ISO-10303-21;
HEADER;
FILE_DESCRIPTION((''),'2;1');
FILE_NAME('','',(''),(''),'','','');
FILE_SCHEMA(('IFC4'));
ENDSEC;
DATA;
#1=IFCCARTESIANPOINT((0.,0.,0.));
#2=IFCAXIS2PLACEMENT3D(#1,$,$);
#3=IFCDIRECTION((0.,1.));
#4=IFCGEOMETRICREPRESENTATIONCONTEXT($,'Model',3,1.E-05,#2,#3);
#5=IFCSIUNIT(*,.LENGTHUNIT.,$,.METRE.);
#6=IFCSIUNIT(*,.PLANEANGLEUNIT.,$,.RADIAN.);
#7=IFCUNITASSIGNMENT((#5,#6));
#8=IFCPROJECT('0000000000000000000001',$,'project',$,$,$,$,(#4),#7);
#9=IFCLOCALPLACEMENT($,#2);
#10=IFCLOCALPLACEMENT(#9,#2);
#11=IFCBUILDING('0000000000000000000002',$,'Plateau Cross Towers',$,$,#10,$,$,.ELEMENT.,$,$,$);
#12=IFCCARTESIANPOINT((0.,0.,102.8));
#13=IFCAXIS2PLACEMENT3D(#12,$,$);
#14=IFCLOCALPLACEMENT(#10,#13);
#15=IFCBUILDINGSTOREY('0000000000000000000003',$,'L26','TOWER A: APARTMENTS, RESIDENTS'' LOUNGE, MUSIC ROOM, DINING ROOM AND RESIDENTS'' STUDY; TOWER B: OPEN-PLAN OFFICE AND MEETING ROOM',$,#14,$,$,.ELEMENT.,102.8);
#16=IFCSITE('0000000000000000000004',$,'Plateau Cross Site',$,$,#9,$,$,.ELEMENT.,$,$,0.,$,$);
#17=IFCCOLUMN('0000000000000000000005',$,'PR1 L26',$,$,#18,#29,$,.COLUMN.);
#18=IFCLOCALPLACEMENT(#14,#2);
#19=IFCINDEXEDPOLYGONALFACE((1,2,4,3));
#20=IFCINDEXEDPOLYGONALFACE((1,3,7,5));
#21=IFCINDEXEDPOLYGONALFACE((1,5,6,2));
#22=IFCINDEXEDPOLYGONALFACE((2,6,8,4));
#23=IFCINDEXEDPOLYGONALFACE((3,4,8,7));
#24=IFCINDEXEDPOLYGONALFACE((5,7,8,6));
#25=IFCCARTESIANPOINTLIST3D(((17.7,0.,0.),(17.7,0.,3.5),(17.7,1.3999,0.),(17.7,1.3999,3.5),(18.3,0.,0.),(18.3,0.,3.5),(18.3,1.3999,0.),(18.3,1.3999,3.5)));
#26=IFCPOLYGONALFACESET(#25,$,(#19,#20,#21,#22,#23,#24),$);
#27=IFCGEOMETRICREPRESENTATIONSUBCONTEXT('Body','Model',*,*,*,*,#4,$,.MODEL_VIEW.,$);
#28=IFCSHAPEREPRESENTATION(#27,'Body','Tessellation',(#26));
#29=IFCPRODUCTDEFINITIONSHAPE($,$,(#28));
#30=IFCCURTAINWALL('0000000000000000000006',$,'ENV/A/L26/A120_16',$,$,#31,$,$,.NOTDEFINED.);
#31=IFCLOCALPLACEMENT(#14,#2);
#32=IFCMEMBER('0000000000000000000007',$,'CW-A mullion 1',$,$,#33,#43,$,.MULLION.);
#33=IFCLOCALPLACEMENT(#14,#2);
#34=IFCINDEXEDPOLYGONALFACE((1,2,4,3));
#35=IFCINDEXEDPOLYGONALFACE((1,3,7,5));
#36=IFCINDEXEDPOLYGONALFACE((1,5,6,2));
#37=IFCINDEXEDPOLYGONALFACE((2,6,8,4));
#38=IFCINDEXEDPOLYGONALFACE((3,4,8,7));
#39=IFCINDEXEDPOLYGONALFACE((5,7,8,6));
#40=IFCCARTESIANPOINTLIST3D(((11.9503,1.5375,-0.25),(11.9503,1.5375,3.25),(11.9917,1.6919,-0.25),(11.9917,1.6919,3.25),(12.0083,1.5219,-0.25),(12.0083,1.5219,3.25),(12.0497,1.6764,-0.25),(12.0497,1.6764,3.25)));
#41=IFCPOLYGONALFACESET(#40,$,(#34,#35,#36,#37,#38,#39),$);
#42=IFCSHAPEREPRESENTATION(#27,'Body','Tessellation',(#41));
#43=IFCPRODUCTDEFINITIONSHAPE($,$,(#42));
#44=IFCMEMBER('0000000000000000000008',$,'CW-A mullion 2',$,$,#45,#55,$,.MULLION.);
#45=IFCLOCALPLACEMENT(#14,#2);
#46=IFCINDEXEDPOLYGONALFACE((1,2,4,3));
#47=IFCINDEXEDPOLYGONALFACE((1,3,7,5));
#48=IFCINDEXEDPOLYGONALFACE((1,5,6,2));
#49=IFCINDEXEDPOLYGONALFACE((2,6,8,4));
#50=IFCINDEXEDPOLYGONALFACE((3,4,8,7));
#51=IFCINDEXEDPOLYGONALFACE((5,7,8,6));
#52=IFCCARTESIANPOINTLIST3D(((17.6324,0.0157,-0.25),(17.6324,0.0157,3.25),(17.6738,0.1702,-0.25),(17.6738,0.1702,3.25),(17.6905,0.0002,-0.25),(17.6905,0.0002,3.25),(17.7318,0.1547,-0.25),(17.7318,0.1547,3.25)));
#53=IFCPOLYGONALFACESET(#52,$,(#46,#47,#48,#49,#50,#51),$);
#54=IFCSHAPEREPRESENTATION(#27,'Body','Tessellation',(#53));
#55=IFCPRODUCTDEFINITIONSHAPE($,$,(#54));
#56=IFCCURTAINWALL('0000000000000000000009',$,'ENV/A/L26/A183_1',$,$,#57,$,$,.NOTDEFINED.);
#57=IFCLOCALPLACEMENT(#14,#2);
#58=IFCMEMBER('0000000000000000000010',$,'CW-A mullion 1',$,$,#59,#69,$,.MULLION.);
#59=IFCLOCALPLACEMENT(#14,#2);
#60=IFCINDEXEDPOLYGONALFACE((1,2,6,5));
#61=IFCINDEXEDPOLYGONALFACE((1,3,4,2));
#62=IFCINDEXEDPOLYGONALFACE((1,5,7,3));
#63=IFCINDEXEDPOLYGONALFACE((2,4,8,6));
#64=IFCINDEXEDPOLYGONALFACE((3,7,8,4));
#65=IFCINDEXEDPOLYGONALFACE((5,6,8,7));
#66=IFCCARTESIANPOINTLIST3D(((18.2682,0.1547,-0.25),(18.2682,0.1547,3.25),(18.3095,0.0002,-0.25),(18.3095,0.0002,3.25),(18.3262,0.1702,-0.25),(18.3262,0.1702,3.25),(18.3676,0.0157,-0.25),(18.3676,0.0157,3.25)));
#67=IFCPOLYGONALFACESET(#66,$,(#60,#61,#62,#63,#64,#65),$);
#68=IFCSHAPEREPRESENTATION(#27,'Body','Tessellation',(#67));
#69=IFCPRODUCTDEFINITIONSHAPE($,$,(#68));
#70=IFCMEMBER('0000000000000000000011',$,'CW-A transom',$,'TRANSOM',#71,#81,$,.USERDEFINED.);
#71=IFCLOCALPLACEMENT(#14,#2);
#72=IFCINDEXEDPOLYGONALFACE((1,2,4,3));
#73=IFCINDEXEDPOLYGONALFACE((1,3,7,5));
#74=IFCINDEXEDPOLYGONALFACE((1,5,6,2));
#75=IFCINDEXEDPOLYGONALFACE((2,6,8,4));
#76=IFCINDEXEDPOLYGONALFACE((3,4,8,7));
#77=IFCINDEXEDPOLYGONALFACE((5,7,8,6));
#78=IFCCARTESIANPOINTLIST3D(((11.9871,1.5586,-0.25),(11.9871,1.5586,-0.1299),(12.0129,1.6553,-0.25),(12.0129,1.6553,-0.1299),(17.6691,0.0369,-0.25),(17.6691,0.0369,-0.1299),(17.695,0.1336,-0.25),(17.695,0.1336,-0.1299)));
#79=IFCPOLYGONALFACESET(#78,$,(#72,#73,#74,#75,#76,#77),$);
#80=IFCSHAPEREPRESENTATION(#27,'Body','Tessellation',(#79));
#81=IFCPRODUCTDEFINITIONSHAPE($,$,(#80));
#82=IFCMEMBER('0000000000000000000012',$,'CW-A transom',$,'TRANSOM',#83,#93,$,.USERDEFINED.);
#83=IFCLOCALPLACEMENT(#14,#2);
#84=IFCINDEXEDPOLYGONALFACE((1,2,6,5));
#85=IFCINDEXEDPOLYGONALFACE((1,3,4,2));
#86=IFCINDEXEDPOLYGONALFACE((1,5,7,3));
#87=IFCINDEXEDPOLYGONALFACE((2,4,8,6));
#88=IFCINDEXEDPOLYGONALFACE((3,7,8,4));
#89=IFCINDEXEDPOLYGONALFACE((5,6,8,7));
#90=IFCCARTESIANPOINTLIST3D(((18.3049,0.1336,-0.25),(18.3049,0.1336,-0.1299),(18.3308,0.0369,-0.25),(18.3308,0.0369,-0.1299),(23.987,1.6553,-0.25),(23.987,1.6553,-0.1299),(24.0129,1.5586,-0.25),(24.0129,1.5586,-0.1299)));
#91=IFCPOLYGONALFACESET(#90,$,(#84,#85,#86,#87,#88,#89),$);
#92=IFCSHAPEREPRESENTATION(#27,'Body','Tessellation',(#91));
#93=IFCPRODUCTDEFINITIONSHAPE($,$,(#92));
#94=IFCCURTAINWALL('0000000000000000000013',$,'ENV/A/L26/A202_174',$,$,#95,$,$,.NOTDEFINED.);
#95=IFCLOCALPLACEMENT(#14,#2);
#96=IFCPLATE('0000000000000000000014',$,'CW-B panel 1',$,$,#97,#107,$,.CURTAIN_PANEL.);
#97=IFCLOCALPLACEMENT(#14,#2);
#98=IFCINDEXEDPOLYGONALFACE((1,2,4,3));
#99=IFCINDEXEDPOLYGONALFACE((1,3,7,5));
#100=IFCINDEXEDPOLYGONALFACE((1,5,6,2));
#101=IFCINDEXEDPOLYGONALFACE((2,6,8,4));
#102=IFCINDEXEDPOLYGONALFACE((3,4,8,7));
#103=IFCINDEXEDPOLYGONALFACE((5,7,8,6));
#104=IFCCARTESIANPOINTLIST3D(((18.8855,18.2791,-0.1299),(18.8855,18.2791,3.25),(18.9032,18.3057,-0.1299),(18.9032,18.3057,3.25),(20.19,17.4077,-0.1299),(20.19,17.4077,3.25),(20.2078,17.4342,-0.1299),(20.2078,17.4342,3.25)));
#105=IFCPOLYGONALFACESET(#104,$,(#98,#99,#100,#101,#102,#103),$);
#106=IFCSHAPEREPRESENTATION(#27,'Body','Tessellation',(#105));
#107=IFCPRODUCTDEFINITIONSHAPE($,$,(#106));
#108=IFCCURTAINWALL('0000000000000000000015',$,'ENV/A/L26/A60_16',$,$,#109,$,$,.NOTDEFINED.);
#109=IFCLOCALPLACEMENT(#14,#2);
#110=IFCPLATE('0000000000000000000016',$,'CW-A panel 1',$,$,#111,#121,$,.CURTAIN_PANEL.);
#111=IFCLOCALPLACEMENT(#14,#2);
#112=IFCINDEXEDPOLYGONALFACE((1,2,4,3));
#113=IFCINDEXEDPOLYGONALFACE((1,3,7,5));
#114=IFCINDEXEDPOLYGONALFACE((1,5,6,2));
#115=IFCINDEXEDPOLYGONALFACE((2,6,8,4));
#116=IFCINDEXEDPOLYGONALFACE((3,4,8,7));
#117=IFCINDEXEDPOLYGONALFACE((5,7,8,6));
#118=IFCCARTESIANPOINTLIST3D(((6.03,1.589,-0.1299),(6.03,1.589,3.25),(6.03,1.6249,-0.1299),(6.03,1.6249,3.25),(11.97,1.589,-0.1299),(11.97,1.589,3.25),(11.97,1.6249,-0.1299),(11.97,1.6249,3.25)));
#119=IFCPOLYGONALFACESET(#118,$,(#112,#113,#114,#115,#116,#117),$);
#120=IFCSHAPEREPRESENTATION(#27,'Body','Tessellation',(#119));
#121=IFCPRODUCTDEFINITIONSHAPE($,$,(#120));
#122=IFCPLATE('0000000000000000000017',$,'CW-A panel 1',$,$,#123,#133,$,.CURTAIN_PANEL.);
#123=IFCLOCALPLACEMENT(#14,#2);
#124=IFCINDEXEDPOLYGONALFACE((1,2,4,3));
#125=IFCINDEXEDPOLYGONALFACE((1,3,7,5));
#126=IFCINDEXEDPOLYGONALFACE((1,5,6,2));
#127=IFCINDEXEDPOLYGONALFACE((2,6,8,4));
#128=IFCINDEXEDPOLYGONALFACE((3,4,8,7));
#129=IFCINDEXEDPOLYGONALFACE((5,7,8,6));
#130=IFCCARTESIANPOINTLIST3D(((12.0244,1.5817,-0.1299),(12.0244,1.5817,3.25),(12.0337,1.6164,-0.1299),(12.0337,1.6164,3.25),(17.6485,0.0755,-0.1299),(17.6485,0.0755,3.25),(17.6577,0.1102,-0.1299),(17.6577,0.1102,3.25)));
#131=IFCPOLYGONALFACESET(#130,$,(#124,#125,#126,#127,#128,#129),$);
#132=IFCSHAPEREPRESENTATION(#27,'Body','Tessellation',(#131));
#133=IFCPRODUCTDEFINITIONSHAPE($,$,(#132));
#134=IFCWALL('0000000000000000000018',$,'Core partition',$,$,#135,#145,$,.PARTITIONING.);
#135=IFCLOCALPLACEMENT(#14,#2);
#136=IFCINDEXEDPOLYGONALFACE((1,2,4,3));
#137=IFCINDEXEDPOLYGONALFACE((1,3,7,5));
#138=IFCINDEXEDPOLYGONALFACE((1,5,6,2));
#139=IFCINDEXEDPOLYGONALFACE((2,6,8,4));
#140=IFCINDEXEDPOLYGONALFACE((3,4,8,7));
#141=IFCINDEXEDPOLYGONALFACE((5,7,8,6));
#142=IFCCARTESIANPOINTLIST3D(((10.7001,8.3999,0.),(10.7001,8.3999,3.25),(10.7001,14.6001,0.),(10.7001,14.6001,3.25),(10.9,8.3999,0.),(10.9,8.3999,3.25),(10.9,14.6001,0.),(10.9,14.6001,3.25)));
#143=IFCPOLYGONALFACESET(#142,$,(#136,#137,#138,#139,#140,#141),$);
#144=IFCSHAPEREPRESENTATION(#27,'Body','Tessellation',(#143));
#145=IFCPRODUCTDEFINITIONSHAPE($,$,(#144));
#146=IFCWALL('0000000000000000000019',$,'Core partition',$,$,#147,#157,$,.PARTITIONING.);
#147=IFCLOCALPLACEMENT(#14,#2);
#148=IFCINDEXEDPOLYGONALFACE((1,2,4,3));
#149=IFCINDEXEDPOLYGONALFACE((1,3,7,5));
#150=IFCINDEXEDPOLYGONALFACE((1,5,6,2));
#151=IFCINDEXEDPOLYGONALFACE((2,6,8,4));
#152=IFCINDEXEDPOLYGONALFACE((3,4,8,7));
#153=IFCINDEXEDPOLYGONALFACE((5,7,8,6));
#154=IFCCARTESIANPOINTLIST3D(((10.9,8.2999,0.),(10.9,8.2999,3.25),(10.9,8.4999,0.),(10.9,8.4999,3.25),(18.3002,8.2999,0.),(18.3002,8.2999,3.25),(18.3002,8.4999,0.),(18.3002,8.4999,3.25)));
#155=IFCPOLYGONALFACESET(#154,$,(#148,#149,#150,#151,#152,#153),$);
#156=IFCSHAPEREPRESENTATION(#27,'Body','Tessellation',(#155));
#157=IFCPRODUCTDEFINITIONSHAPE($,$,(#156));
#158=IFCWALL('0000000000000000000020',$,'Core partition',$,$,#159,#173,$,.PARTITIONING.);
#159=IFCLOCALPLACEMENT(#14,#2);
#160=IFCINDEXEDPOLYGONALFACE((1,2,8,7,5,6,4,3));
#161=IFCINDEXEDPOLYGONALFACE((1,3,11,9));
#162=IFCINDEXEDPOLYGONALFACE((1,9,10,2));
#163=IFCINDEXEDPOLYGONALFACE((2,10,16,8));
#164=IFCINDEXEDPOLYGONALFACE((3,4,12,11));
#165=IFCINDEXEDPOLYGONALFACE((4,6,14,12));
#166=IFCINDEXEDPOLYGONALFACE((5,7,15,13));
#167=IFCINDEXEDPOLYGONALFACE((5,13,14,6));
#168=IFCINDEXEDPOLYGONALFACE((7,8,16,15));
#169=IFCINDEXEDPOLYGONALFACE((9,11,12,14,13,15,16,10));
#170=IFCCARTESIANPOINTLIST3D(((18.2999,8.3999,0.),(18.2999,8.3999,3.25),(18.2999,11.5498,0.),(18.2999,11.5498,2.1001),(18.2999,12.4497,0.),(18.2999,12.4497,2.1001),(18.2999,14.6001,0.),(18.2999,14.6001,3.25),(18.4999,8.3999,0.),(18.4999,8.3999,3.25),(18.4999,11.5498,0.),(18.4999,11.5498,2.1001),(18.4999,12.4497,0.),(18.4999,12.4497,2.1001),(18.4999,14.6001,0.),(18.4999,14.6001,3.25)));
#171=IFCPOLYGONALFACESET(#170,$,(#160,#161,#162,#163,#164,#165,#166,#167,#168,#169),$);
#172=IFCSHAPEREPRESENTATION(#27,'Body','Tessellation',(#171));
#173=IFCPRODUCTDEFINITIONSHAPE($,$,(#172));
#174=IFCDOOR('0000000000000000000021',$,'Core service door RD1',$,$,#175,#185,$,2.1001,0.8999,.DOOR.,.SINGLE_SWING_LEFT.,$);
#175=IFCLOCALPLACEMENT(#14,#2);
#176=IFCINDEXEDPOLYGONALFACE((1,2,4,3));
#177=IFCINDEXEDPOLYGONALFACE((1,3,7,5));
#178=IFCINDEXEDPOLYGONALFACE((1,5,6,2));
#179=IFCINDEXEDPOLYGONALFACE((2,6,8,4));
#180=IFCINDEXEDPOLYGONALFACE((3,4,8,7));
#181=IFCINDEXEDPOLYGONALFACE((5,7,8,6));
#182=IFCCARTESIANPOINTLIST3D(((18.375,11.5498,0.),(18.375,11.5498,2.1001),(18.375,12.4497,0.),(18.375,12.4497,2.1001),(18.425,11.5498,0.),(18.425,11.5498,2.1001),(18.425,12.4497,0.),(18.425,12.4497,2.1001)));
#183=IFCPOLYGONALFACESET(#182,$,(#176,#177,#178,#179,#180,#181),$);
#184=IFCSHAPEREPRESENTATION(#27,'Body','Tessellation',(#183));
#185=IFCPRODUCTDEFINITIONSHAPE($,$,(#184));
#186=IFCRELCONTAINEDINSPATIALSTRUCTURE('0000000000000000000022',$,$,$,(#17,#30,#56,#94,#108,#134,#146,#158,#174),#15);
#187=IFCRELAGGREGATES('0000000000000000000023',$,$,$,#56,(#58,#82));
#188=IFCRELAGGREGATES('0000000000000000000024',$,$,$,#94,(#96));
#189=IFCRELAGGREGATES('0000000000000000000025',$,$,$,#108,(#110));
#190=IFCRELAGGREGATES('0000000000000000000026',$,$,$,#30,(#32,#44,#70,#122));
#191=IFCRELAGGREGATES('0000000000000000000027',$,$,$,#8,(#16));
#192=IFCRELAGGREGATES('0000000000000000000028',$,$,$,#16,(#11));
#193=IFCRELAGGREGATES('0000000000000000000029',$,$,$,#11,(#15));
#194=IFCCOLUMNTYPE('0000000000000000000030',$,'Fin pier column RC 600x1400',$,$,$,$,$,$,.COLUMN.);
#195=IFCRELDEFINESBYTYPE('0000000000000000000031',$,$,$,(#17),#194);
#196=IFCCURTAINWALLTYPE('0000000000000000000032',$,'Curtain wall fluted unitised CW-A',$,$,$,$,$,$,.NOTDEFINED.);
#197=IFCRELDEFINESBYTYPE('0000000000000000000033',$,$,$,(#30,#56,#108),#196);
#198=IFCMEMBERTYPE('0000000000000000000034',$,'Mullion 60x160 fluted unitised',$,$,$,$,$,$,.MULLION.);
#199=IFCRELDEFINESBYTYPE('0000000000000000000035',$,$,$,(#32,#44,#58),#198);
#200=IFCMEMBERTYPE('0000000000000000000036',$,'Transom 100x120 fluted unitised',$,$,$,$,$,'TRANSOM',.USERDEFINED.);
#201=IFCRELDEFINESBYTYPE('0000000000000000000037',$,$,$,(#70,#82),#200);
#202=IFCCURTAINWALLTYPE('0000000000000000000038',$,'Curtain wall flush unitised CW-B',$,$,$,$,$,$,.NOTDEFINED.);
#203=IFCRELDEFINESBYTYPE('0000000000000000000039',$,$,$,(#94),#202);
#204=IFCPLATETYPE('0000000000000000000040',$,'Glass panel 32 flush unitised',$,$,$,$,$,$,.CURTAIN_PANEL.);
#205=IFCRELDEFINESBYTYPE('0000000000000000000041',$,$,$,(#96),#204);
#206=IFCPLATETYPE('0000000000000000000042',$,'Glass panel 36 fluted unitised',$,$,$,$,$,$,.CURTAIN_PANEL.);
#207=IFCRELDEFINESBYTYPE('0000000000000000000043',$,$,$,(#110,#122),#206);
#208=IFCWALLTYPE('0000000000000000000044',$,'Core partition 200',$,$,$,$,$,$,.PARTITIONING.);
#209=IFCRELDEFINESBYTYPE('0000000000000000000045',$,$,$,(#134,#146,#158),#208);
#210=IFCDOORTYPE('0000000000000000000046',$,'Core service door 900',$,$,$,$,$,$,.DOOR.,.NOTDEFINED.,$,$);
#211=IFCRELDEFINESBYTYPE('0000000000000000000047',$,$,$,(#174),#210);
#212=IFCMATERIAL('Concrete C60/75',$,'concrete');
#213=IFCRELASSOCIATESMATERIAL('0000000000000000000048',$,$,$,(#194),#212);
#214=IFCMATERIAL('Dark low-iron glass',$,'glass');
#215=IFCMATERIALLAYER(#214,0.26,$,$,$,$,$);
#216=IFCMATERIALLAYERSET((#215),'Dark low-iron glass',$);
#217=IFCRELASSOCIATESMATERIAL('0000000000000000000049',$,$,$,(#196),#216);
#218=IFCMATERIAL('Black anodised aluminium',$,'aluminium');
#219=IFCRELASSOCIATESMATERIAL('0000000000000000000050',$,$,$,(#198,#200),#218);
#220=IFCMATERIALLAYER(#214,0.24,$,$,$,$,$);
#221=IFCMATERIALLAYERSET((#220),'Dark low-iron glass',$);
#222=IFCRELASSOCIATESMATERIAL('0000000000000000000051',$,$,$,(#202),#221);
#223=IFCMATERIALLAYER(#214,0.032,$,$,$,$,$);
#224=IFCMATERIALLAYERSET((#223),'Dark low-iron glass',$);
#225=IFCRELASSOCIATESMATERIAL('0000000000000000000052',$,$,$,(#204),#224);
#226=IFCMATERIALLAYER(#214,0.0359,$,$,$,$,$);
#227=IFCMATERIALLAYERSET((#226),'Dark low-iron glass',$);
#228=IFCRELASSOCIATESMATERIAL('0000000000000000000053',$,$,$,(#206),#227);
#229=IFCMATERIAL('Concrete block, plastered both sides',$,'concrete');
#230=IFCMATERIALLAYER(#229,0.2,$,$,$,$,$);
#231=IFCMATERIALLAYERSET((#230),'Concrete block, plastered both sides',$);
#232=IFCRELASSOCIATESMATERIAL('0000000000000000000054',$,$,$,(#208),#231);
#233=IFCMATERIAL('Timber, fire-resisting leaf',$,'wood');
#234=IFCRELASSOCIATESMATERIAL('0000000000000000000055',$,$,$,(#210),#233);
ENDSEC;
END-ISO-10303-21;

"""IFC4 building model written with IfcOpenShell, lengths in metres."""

from ifc_helpers import new_model, si_unit, direction, frame, frame_2d, origin, origin_2d, place, context, subcontext, project, spatial, rectangle, extrude, material, layer, layer_set, material_profile, profile_set, type_object, element, fill, aggregate, save


model = new_model("IFC4")

# Units and contexts
model_context = context("Model", 3, precision=1e-05, world=origin(), true_north=direction((0.0, 1.0)))
body_context = subcontext(model_context, "Body", "Model", "MODEL_VIEW")
ifc_project = project(units=[si_unit("LENGTHUNIT", "METRE"), si_unit("PLANEANGLEUNIT", "RADIAN")], contexts=[model_context])

# Site, building, storey
site_placement = place(None, origin())
site = spatial("IfcSite", under=ifc_project, at=site_placement, Name="Plateau Cross Site", CompositionType="ELEMENT", RefElevation=0.0)
building_placement = place(site_placement, origin())
building = spatial("IfcBuilding", under=site, at=building_placement, Name="Plateau Cross Towers", CompositionType="ELEMENT")
storey_placement = place(building_placement, frame((0.0, 0.0, 102.8)))
storey = spatial("IfcBuildingStorey", under=building, at=storey_placement, Name="L26", Description="TOWER A: APARTMENTS, RESIDENTS' LOUNGE, MUSIC ROOM, DINING ROOM AND RESIDENTS' STUDY; TOWER B: OPEN-PLAN OFFICE AND MEETING ROOM", CompositionType="ELEMENT", Elevation=102.8)

# Column
ifc_material_1 = material(Name="Concrete C60/75", Category="concrete")
ifc_material_profile_1 = material_profile(ifc_material_1, rectangle(XDim=0.6001, YDim=1.3999, at=origin_2d()), Name="RC 600x1400")
ifc_profile_set_1 = profile_set([ifc_material_profile_1], Name="Concrete C60/75")
column_type = type_object("IfcColumnType", Name="Fin pier column RC 600x1400", PredefinedType="COLUMN", material=ifc_profile_set_1)
column_placement = place(storey_placement, frame((18.0, 0.7, 0.0), z_axis=(0.0, 0.0, 1.0), x_axis=(1.0, 0.0, 0.0)))
element("IfcColumn", 1, at=column_placement, inside=storey, type_object=column_type, Name="PR1 L26", PredefinedType="COLUMN", context=body_context, shape_type="SweptSolid", body=[
    extrude(rectangle(XDim=0.6001, YDim=1.3999, at=origin_2d()), origin(), (0.0, 0.0, 1.0), 3.5),
])

# Curtain wall, members
ifc_material_2 = material(Name="Dark low-iron glass", Category="glass")
ifc_layer_1 = layer(ifc_material_2, 0.26)
ifc_layer_set_1 = layer_set([ifc_layer_1], Name="Dark low-iron glass")
curtain_wall_type_1 = type_object("IfcCurtainWallType", Name="Curtain wall fluted unitised CW-A", PredefinedType="NOTDEFINED", material=ifc_layer_set_1)
curtain_wall_1_placement = place(storey_placement, origin())
curtain_wall_1 = element("IfcCurtainWall", 2, at=curtain_wall_1_placement, inside=storey, type_object=curtain_wall_type_1, Name="ENV/A/L26/A120_16", PredefinedType="NOTDEFINED")
ifc_material_3 = material(Name="Black anodised aluminium", Category="aluminium")
ifc_material_profile_2 = material_profile(ifc_material_3, rectangle(XDim=0.0601, YDim=0.1599, at=origin_2d()), Name="MULLION 60x160")
ifc_profile_set_2 = profile_set([ifc_material_profile_2], Name="Black anodised aluminium")
member_type_1 = type_object("IfcMemberType", Name="Mullion 60x160 fluted unitised", PredefinedType="MULLION", material=ifc_profile_set_2)
member_1_placement = place(storey_placement, frame((12.0, 1.6069, -0.25), z_axis=(0.0, 0.0, 1.0), x_axis=(0.965958, -0.258699, 0.0)))
member_1 = element("IfcMember", 3, at=member_1_placement, type_object=member_type_1, Name="CW-A mullion 1", PredefinedType="MULLION", context=body_context, shape_type="SweptSolid", body=[
    extrude(rectangle(XDim=0.0601, YDim=0.1599, at=origin_2d()), origin(), (0.0, 0.0, 1.0), 3.5),
])
member_2_placement = place(storey_placement, frame((17.6821, 0.0852, -0.25), z_axis=(0.0, 0.0, 1.0), x_axis=(0.965958, -0.258699, 0.0)))
member_2 = element("IfcMember", 4, at=member_2_placement, type_object=member_type_1, Name="CW-A mullion 2", PredefinedType="MULLION", context=body_context, shape_type="SweptSolid", body=[
    extrude(rectangle(XDim=0.0601, YDim=0.1599, at=origin_2d()), origin(), (0.0, 0.0, 1.0), 3.5),
])

# Curtain wall, member
curtain_wall_2_placement = place(storey_placement, origin())
curtain_wall_2 = element("IfcCurtainWall", 5, at=curtain_wall_2_placement, inside=storey, type_object=curtain_wall_type_1, Name="ENV/A/L26/A183_1", PredefinedType="NOTDEFINED")
member_3_placement = place(storey_placement, frame((18.3179, 0.0852, -0.25), z_axis=(0.0, 0.0, 1.0), x_axis=(0.965958, 0.258699, 0.0)))
member_3 = element("IfcMember", 6, at=member_3_placement, type_object=member_type_1, Name="CW-A mullion 1", PredefinedType="MULLION", context=body_context, shape_type="SweptSolid", body=[
    extrude(rectangle(XDim=0.0601, YDim=0.1599, at=origin_2d()), origin(), (0.0, 0.0, 1.0), 3.5),
])

# Members
ifc_material_profile_3 = material_profile(ifc_material_3, rectangle(XDim=0.1001, YDim=0.1201, at=origin_2d()), Name="TRANSOM 100x120")
ifc_profile_set_3 = profile_set([ifc_material_profile_3], Name="Black anodised aluminium")
member_type_2 = type_object("IfcMemberType", Name="Transom 100x120 fluted unitised", ElementType="TRANSOM", PredefinedType="USERDEFINED", material=ifc_profile_set_3)
member_4_placement = place(storey_placement, frame((12.0, 1.6069, -0.1899), z_axis=(0.96596, -0.258693, 0.0), x_axis=(0.258693, 0.96596, 0.0)))
member_4 = element("IfcMember", 7, at=member_4_placement, type_object=member_type_2, Name="CW-A transom", ObjectType="TRANSOM", PredefinedType="USERDEFINED", context=body_context, shape_type="SweptSolid", body=[
    extrude(rectangle(XDim=0.1001, YDim=0.1201, at=origin_2d()), origin(), (0.0, 0.0, 1.0), 5.8823),
])
member_5_placement = place(storey_placement, frame((18.3179, 0.0852, -0.1899), z_axis=(0.96596, 0.258693, 0.0), x_axis=(-0.258693, 0.96596, 0.0)))
member_5 = element("IfcMember", 8, at=member_5_placement, type_object=member_type_2, Name="CW-A transom", ObjectType="TRANSOM", PredefinedType="USERDEFINED", context=body_context, shape_type="SweptSolid", body=[
    extrude(rectangle(XDim=0.1001, YDim=0.1201, at=origin_2d()), origin(), (0.0, 0.0, 1.0), 5.8823),
])
aggregate(curtain_wall_2, [member_3, member_5])

# Curtain walls, plates
ifc_layer_2 = layer(ifc_material_2, 0.24)
ifc_layer_set_2 = layer_set([ifc_layer_2], Name="Dark low-iron glass")
curtain_wall_type_2 = type_object("IfcCurtainWallType", Name="Curtain wall flush unitised CW-B", PredefinedType="NOTDEFINED", material=ifc_layer_set_2)
curtain_wall_3_placement = place(storey_placement, origin())
curtain_wall_3 = element("IfcCurtainWall", 9, at=curtain_wall_3_placement, inside=storey, type_object=curtain_wall_type_2, Name="ENV/A/L26/A202_174", PredefinedType="NOTDEFINED")
ifc_layer_3 = layer(ifc_material_2, 0.032)
ifc_layer_set_3 = layer_set([ifc_layer_3], Name="Dark low-iron glass")
plate_type_1 = type_object("IfcPlateType", Name="Glass panel 32 flush unitised", PredefinedType="CURTAIN_PANEL", material=ifc_layer_set_3)
plate_1_placement = place(storey_placement, frame((19.5466, 17.8567, -0.1299), z_axis=(0.0, 0.0, 1.0), x_axis=(-0.831521, 0.555493, 0.0)))
plate_1 = element("IfcPlate", 10, at=plate_1_placement, type_object=plate_type_1, Name="CW-B panel 1", PredefinedType="CURTAIN_PANEL", context=body_context, shape_type="SweptSolid", body=[
    extrude(rectangle(XDim=1.5688, YDim=0.032, at=origin_2d()), origin(), (0.0, 0.0, 1.0), 3.3799),
])
aggregate(curtain_wall_3, [plate_1])
curtain_wall_4_placement = place(storey_placement, origin())
curtain_wall_4 = element("IfcCurtainWall", 11, at=curtain_wall_4_placement, inside=storey, type_object=curtain_wall_type_1, Name="ENV/A/L26/A60_16", PredefinedType="NOTDEFINED")
ifc_layer_4 = layer(ifc_material_2, 0.0359)
ifc_layer_set_4 = layer_set([ifc_layer_4], Name="Dark low-iron glass")
plate_type_2 = type_object("IfcPlateType", Name="Glass panel 36 fluted unitised", PredefinedType="CURTAIN_PANEL", material=ifc_layer_set_4)
plate_2_placement = place(storey_placement, frame((9.0, 1.6069, -0.1299), z_axis=(0.0, 0.0, 1.0), x_axis=(1.0, 0.0, 0.0)))
plate_2 = element("IfcPlate", 12, at=plate_2_placement, type_object=plate_type_2, Name="CW-A panel 1", PredefinedType="CURTAIN_PANEL", context=body_context, shape_type="SweptSolid", body=[
    extrude(rectangle(XDim=5.9399, YDim=0.0359, at=origin_2d()), origin(), (0.0, 0.0, 1.0), 3.3799),
])
aggregate(curtain_wall_4, [plate_2])

# Plate
plate_3_placement = place(storey_placement, frame((14.8411, 0.8459, -0.1299), z_axis=(0.0, 0.0, 1.0), x_axis=(0.965958, -0.258699, 0.0)))
plate_3 = element("IfcPlate", 13, at=plate_3_placement, type_object=plate_type_2, Name="CW-A panel 1", PredefinedType="CURTAIN_PANEL", context=body_context, shape_type="SweptSolid", body=[
    extrude(rectangle(XDim=5.8223, YDim=0.0359, at=origin_2d()), origin(), (0.0, 0.0, 1.0), 3.3799),
])
aggregate(curtain_wall_1, [member_1, member_2, member_4, plate_3])

# Walls
ifc_material_4 = material(Name="Concrete block, plastered both sides", Category="concrete")
ifc_layer_5 = layer(ifc_material_4, 0.2)
ifc_layer_set_5 = layer_set([ifc_layer_5], Name="Concrete block, plastered both sides")
wall_type_1 = type_object("IfcWallType", Name="Core partition 200", PredefinedType="PARTITIONING", material=ifc_layer_set_5)
wall_1_placement = place(storey_placement, frame((10.8, 8.3999, 0.0), z_axis=(0.0, 0.0, 1.0), x_axis=(0.0, 1.0, 0.0)))
element("IfcWall", 14, at=wall_1_placement, inside=storey, type_object=wall_type_1, Name="Core partition", PredefinedType="PARTITIONING", context=body_context, shape_type="SweptSolid", body=[
    extrude(rectangle(XDim=6.2002, YDim=0.2, at=frame_2d((3.1001, 0.0))), origin(), (0.0, 0.0, 1.0), 3.25),
])
wall_2_placement = place(storey_placement, frame((10.8999, 8.3999, 0.0), z_axis=(0.0, 0.0, 1.0), x_axis=(1.0, 0.0, 0.0)))
element("IfcWall", 15, at=wall_2_placement, inside=storey, type_object=wall_type_1, Name="Core partition", PredefinedType="PARTITIONING", context=body_context, shape_type="SweptSolid", body=[
    extrude(rectangle(XDim=7.4001, YDim=0.2, at=frame_2d((3.7002, 0.0))), origin(), (0.0, 0.0, 1.0), 3.25),
])

# Wall, opening, door
wall_3_placement = place(storey_placement, frame((18.3999, 8.3999, 0.0), z_axis=(0.0, 0.0, 1.0), x_axis=(0.0, 1.0, 0.0)))
wall_3 = element("IfcWall", 16, at=wall_3_placement, inside=storey, type_object=wall_type_1, Name="Core partition", PredefinedType="PARTITIONING", context=body_context, shape_type="SweptSolid", body=[
    extrude(rectangle(XDim=6.2002, YDim=0.2, at=frame_2d((3.1001, 0.0))), origin(), (0.0, 0.0, 1.0), 3.25),
])
opening_1_placement = place(wall_3_placement, frame((3.1499, 0.0, 0.0)))
opening_1 = element("IfcOpeningElement", 17, at=opening_1_placement, cuts=wall_3, PredefinedType="OPENING", context=body_context, shape_type="SweptSolid", body=[
    extrude(rectangle(XDim=0.8999, YDim=2.1001, at=frame_2d((0.45, 1.05))), frame((0.0, 0.1099, 0.0), z_axis=(0.0, -1.0, 0.0), x_axis=(1.0, 0.0, 0.0)), (0.0, 0.0, 1.0), 0.22),
])
ifc_material_5 = material(Name="Timber, fire-resisting leaf", Category="wood")
door_type_1 = type_object("IfcDoorType", Name="Core service door 900", OperationType="NOTDEFINED", PredefinedType="DOOR", material=ifc_material_5)
door_1_placement = place(opening_1_placement, origin())
door_1 = element("IfcDoor", 18, at=door_1_placement, inside=storey, type_object=door_type_1, Name="Core service door RD1", OperationType="SINGLE_SWING_LEFT", OverallHeight=2.1001, OverallWidth=0.8999, PredefinedType="DOOR", context=body_context, shape_type="SweptSolid", body=[
    extrude(rectangle(XDim=0.8999, YDim=2.1001, at=frame_2d((0.45, 1.05))), frame((0.0, 0.0249, 0.0), z_axis=(0.0, -1.0, 0.0), x_axis=(1.0, 0.0, 0.0)), (0.0, 0.0, 1.0), 0.05),
])
fill(opening_1, door_1)

save(model, "model.ifc")
